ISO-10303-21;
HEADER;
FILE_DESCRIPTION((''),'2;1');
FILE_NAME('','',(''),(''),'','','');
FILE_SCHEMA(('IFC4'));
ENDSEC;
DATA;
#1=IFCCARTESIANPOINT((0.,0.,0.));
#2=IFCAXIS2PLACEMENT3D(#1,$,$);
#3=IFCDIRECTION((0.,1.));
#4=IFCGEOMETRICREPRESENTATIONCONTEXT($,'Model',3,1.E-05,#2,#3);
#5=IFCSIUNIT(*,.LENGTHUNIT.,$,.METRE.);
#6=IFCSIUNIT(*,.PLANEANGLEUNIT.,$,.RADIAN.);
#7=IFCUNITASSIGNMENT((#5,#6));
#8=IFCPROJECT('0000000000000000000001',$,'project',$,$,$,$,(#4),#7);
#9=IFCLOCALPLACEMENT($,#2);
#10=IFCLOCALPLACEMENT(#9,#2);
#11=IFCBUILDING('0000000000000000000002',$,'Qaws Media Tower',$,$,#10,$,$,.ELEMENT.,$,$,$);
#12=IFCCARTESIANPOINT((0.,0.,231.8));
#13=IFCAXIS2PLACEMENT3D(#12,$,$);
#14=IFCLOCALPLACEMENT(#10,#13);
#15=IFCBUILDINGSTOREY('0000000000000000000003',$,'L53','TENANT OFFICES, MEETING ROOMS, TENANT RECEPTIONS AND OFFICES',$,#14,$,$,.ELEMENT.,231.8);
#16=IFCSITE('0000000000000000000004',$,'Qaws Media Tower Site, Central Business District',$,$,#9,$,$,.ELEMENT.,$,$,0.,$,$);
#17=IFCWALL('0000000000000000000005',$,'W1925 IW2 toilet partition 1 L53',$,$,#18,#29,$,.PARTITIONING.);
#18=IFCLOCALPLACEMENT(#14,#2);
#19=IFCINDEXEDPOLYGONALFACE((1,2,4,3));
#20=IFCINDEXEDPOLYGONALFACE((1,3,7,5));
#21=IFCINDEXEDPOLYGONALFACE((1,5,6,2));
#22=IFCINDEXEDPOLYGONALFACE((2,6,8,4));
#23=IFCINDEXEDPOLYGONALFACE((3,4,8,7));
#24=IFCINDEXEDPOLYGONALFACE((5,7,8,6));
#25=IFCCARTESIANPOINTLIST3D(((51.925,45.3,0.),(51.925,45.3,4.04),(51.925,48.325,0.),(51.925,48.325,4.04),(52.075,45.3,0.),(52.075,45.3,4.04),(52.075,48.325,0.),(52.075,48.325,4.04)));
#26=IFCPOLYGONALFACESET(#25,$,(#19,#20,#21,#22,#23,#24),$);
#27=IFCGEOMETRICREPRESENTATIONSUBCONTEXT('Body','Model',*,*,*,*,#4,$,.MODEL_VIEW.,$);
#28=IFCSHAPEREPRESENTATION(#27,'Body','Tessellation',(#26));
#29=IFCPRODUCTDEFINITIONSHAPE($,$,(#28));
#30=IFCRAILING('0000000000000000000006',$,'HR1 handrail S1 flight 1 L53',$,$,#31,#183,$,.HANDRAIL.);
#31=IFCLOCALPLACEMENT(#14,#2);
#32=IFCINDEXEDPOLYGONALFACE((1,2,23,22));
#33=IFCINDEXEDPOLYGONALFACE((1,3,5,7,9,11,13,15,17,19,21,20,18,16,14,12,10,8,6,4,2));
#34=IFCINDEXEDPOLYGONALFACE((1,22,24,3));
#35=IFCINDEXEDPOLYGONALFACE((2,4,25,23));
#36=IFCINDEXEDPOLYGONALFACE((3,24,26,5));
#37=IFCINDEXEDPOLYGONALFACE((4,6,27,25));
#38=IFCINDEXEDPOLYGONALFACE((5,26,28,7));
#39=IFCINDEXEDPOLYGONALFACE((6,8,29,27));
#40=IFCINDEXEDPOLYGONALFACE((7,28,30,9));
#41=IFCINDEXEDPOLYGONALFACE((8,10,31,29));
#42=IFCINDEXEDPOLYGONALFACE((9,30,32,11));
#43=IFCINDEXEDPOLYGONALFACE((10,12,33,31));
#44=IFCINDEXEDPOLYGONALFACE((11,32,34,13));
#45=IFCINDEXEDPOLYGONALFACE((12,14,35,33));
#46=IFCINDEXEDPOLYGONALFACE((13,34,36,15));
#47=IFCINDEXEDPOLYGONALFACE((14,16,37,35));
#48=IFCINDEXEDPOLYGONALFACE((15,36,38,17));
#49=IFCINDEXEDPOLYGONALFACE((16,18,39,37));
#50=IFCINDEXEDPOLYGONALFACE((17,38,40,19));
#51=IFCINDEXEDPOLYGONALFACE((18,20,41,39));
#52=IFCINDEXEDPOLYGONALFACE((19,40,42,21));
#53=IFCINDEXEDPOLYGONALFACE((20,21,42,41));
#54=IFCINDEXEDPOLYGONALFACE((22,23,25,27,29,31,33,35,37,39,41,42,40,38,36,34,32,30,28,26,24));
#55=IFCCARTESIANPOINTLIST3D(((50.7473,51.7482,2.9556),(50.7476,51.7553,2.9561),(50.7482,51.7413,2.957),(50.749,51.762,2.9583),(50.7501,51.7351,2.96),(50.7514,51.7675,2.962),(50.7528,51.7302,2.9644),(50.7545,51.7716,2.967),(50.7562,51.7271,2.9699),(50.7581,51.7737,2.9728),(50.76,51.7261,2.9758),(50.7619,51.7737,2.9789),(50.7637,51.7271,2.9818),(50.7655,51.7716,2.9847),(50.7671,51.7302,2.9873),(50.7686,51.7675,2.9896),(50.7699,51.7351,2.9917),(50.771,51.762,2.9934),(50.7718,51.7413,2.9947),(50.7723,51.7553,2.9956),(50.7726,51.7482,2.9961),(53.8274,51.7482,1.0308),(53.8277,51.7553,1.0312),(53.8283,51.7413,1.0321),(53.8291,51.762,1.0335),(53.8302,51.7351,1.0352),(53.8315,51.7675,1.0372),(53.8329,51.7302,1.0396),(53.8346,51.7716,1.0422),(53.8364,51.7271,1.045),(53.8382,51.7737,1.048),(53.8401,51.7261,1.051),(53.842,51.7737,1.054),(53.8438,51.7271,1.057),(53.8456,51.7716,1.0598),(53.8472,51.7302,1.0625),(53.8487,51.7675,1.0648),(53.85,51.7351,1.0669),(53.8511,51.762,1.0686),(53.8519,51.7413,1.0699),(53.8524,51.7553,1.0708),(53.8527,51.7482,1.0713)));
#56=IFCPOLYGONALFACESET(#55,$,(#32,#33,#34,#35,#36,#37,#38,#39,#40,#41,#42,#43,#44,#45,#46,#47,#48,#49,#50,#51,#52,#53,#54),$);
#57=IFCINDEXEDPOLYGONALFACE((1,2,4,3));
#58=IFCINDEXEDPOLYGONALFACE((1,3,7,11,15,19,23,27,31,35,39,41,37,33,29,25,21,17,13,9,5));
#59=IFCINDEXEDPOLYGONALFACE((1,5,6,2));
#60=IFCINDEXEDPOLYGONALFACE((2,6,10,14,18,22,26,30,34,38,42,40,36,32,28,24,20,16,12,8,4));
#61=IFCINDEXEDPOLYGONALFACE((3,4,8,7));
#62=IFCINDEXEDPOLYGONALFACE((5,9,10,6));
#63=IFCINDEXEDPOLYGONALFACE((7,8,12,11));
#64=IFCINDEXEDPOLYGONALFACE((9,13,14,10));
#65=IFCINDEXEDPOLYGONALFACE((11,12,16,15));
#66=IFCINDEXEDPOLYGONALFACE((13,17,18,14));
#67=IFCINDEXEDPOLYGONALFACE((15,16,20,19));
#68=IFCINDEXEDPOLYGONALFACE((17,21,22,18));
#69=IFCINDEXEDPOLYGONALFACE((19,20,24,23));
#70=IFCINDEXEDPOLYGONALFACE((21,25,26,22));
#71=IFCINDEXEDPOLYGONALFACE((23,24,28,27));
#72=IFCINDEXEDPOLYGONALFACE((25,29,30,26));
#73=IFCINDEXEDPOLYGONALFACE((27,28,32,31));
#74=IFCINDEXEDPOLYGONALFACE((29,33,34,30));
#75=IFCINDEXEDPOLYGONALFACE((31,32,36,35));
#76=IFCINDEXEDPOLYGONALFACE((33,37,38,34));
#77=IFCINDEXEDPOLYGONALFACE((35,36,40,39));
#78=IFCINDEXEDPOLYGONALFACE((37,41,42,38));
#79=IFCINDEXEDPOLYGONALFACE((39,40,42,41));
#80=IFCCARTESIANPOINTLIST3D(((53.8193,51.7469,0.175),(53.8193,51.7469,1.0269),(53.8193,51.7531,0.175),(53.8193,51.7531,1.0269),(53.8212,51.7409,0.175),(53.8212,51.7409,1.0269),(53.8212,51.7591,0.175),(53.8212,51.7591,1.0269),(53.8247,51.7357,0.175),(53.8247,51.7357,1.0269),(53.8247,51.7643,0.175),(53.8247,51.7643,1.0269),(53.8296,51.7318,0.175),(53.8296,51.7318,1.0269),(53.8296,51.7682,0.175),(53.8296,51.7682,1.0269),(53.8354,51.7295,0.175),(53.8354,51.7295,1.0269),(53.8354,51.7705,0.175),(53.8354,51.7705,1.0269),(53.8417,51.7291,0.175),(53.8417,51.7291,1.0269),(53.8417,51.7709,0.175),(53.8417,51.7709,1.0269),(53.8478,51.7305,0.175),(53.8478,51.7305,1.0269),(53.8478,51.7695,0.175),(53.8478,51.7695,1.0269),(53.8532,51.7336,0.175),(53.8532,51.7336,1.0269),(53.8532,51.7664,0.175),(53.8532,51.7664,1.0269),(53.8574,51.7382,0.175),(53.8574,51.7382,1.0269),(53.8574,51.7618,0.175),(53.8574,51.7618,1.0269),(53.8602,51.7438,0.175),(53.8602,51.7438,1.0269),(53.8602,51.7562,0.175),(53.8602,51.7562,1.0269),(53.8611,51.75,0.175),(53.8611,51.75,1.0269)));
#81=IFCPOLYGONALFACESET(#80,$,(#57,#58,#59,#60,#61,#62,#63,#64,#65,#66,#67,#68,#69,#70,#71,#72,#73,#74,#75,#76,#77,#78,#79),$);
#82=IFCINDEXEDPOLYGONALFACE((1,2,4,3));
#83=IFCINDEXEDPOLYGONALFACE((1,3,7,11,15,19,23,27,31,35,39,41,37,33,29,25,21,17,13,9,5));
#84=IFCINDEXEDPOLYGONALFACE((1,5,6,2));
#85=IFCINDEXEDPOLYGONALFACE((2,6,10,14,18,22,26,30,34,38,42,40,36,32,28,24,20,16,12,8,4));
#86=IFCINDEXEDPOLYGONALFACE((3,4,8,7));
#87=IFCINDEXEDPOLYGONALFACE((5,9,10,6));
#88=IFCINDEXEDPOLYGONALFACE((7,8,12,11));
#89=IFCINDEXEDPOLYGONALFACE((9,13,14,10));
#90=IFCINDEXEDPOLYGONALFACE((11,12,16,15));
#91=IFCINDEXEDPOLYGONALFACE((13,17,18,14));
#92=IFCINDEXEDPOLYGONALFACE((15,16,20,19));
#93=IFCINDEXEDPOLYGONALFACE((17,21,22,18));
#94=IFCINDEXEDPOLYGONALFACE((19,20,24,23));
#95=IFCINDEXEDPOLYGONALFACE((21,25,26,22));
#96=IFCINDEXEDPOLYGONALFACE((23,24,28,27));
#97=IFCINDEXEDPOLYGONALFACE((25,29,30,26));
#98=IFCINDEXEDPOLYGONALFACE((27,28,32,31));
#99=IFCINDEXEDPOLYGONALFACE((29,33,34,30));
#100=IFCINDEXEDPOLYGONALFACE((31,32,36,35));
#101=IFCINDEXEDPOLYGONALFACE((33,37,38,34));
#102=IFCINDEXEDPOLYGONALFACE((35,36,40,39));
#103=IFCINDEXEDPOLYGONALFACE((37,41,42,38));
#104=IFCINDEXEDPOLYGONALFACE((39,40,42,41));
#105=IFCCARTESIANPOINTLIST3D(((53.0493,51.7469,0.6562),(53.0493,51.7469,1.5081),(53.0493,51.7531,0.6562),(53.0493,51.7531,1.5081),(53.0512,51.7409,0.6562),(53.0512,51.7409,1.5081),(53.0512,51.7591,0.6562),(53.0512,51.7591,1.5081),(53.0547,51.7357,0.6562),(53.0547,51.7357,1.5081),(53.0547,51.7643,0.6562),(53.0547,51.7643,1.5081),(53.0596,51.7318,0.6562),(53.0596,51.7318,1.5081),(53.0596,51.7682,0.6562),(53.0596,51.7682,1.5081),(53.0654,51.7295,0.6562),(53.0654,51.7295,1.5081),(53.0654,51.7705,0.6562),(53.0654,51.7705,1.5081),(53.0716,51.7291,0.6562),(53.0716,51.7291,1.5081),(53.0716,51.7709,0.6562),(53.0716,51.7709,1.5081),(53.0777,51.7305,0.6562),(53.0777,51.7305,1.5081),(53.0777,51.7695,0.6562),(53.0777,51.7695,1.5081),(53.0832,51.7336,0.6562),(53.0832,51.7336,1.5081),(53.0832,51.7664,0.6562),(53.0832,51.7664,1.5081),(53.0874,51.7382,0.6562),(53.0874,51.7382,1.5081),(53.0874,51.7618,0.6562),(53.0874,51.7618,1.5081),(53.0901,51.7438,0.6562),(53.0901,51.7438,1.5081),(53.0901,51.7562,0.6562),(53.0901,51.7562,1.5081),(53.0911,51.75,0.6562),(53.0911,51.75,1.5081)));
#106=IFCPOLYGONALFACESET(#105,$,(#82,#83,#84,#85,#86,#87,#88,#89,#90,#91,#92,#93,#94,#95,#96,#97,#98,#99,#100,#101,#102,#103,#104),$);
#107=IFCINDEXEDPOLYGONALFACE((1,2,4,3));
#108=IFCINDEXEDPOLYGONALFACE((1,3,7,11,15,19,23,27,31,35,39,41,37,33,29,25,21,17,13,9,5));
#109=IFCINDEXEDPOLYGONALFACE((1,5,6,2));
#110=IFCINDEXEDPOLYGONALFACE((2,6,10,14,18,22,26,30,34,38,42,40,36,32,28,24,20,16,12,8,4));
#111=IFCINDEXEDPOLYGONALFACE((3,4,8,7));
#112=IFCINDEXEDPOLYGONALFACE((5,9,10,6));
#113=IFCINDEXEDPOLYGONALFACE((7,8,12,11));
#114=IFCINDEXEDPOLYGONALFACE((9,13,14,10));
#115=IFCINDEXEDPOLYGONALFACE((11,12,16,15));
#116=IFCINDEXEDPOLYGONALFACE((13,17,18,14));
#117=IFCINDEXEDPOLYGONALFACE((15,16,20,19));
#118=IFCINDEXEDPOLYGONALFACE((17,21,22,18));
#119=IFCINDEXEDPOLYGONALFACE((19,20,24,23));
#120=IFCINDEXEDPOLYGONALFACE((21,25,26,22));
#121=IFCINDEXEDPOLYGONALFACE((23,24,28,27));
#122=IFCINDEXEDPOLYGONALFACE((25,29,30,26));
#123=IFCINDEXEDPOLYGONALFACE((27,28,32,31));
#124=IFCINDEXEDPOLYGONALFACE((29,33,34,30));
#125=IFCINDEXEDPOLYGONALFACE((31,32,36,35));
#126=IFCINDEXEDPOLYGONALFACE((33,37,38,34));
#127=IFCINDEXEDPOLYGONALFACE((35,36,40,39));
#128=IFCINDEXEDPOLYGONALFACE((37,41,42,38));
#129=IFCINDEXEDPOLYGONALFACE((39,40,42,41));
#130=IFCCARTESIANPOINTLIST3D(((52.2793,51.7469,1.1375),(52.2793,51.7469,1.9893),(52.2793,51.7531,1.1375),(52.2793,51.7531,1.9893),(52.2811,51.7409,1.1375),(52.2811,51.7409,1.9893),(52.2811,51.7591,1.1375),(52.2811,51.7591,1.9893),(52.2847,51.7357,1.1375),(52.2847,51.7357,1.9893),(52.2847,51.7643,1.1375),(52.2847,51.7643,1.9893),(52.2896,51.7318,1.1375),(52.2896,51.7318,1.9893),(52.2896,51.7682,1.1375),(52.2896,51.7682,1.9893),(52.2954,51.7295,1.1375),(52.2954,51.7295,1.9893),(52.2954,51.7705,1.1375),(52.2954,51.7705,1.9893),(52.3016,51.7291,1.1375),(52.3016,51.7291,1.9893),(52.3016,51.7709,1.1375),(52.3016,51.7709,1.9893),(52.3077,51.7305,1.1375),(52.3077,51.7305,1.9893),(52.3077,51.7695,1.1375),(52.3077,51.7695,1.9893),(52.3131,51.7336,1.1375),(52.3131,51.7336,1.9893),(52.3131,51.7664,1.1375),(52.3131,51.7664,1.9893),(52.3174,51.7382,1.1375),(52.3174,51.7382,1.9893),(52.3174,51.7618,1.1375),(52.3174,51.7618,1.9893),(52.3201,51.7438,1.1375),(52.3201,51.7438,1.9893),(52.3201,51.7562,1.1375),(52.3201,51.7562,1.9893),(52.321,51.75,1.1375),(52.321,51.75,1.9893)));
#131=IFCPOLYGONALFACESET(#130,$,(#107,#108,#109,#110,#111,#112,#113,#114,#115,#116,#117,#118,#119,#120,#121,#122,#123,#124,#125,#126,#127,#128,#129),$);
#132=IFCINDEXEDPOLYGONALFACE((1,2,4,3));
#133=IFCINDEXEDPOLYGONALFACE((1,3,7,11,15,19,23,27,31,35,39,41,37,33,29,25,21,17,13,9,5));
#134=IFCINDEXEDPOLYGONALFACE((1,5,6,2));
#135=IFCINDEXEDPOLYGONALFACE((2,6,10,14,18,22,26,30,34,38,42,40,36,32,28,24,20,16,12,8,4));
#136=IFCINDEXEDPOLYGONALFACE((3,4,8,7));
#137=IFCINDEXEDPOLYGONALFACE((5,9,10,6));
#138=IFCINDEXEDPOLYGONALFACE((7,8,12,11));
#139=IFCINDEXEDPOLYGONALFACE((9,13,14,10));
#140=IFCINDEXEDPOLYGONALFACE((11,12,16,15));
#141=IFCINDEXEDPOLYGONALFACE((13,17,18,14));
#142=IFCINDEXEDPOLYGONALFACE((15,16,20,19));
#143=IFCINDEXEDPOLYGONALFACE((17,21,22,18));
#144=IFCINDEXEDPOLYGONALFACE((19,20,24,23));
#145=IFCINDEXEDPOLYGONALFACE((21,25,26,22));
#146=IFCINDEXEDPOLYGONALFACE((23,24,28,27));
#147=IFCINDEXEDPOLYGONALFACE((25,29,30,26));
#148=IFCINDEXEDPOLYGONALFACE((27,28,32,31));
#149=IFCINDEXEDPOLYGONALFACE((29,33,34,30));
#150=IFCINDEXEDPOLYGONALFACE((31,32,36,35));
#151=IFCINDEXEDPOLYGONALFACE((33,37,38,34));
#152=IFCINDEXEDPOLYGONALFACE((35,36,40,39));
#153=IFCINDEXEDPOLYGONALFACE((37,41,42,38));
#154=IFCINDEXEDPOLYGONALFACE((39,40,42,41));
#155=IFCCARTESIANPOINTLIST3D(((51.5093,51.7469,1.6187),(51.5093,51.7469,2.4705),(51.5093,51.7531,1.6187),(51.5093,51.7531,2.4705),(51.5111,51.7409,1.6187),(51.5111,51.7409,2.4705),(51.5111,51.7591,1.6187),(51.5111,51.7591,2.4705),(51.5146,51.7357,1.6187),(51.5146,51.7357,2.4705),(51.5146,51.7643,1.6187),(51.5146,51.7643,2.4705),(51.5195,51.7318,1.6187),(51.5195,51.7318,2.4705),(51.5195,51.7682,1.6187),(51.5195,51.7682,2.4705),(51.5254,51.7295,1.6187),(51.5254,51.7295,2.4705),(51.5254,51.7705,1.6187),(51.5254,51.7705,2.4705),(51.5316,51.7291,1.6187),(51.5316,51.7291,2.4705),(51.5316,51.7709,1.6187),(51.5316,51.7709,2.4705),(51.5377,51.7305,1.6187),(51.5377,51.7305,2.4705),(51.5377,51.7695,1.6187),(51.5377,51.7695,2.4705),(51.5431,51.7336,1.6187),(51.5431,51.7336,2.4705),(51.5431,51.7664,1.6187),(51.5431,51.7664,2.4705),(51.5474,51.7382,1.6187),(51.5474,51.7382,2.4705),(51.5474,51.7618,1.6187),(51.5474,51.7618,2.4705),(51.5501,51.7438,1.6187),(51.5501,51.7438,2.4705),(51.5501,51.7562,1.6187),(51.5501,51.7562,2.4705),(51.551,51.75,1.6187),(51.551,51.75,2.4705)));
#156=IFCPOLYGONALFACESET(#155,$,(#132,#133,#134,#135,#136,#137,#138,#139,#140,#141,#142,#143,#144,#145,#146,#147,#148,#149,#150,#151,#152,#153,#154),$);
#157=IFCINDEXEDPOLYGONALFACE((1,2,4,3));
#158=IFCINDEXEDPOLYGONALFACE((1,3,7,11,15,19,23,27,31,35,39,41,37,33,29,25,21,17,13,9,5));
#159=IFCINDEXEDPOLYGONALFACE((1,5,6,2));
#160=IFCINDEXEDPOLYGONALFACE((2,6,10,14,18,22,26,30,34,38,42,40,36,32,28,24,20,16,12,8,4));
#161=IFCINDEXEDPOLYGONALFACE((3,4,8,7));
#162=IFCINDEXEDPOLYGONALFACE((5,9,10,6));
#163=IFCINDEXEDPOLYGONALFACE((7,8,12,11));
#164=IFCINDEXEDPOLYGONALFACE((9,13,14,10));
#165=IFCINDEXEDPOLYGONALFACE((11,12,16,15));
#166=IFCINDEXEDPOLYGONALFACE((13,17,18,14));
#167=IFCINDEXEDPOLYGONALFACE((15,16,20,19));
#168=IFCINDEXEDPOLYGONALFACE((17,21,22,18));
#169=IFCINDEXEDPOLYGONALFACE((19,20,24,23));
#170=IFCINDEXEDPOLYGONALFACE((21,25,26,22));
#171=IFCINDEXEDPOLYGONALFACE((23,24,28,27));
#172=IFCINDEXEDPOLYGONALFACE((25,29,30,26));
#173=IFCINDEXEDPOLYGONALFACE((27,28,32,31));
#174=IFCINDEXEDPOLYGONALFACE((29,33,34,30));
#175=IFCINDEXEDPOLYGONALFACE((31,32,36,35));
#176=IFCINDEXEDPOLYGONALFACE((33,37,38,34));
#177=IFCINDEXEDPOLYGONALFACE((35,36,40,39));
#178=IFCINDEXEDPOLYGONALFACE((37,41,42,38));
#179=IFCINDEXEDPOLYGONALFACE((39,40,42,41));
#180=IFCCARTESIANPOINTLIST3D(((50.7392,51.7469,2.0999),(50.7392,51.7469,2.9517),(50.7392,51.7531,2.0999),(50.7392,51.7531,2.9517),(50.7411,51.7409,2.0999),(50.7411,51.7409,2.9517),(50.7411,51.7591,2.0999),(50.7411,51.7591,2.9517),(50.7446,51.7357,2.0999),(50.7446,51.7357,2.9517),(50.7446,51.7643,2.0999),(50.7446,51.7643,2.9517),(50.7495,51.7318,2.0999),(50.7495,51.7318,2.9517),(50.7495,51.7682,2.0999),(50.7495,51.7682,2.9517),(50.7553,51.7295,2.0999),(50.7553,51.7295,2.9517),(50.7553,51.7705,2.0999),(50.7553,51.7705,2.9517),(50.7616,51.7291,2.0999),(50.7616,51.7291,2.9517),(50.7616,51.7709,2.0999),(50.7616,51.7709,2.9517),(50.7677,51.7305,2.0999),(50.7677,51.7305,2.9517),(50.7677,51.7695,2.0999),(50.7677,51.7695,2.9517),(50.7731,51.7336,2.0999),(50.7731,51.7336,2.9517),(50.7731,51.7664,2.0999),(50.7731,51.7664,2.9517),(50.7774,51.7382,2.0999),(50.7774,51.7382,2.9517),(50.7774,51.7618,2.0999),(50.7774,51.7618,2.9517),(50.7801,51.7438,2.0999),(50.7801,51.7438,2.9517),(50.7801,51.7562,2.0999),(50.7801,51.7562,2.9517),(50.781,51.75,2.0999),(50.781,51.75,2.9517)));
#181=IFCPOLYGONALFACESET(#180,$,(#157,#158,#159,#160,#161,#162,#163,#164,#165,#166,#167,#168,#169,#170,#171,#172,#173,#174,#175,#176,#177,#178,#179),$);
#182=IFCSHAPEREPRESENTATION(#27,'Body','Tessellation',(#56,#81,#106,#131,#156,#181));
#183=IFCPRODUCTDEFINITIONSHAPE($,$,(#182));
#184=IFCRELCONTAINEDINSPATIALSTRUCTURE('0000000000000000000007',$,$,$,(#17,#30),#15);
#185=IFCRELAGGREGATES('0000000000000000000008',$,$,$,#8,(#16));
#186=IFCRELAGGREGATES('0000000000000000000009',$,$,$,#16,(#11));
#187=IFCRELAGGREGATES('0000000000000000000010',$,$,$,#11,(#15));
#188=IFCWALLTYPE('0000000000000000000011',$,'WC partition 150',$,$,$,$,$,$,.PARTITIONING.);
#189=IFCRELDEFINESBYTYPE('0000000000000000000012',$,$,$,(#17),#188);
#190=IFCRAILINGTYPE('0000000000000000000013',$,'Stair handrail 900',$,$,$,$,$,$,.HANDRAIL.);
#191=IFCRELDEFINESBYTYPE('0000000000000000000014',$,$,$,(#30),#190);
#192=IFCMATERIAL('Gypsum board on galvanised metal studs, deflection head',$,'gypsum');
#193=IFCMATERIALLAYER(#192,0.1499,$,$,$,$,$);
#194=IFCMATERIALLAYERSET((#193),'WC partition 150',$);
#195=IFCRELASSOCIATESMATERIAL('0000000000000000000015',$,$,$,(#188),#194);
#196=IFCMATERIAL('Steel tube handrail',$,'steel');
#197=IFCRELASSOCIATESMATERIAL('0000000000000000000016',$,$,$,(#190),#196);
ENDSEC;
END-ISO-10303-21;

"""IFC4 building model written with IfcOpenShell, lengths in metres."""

from ifc_helpers import new_model, si_unit, direction, frame, frame_2d, origin, origin_2d, place, context, subcontext, project, spatial, rectangle, circle, extrude, material, layer, layer_set, type_object, element, save


model = new_model("IFC4")

# Units and contexts
model_context = context("Model", 3, precision=1e-05, world=origin(), true_north=direction((0.0, 1.0)))
body_context = subcontext(model_context, "Body", "Model", "MODEL_VIEW")
ifc_project = project(units=[si_unit("LENGTHUNIT", "METRE"), si_unit("PLANEANGLEUNIT", "RADIAN")], contexts=[model_context])

# Site, building, storey
site_placement = place(None, origin())
site = spatial("IfcSite", under=ifc_project, at=site_placement, Name="Qaws Media Tower Site, Central Business District", CompositionType="ELEMENT", RefElevation=0.0)
building_placement = place(site_placement, origin())
building = spatial("IfcBuilding", under=site, at=building_placement, Name="Qaws Media Tower", CompositionType="ELEMENT")
storey_placement = place(building_placement, frame((0.0, 0.0, 231.8)))
storey = spatial("IfcBuildingStorey", under=building, at=storey_placement, Name="L53", Description="TENANT OFFICES, MEETING ROOMS, TENANT RECEPTIONS AND OFFICES", CompositionType="ELEMENT", Elevation=231.8)

# Wall
ifc_material_1 = material(Name="Gypsum board on galvanised metal studs, deflection head", Category="gypsum")
ifc_layer_1 = layer(ifc_material_1, 0.1499)
ifc_layer_set_1 = layer_set([ifc_layer_1], Name="WC partition 150")
wall_type_1 = type_object("IfcWallType", Name="WC partition 150", PredefinedType="PARTITIONING", material=ifc_layer_set_1)
wall_1_placement = place(storey_placement, frame((52.0, 45.3, 0.0), z_axis=(0.0, 0.0, 1.0), x_axis=(0.0, 1.0, 0.0)))
element("IfcWall", 1, at=wall_1_placement, inside=storey, type_object=wall_type_1, Name="W1925 IW2 toilet partition 1 L53", PredefinedType="PARTITIONING", context=body_context, shape_type="SweptSolid", body=[
    extrude(rectangle(XDim=3.0249, YDim=0.1499, at=frame_2d((1.5125, 0.0))), origin(), (0.0, 0.0, 1.0), 4.04),
])

# Railing
ifc_material_2 = material(Name="Steel tube handrail", Category="steel")
railing_type = type_object("IfcRailingType", Name="Stair handrail 900", PredefinedType="HANDRAIL", material=ifc_material_2)
railing_placement = place(storey_placement, frame((53.8401, 51.75, 0.175)))
element("IfcRailing", 2, at=railing_placement, inside=storey, type_object=railing_type, Name="HR1 handrail S1 flight 1 L53", PredefinedType="HANDRAIL", context=body_context, shape_type="SweptSolid", body=[
    extrude(circle(Radius=0.0239, at=origin_2d()), frame((0.0, 0.0, 0.876), z_axis=(-0.848029, 0.0, 0.529951), x_axis=(0.0, -1.0, 0.0)), (0.0, 0.0, 1.0), 3.6321),
    extrude(circle(Radius=0.021, at=origin_2d()), origin(), (0.0, 0.0, 1.0), 0.8518),
    extrude(circle(Radius=0.021, at=origin_2d()), frame((-0.77, 0.0, 0.4812)), (0.0, 0.0, 1.0), 0.8518),
    extrude(circle(Radius=0.021, at=origin_2d()), frame((-1.54, 0.0, 0.9624)), (0.0, 0.0, 1.0), 0.8518),
    extrude(circle(Radius=0.021, at=origin_2d()), frame((-2.3101, 0.0, 1.4436)), (0.0, 0.0, 1.0), 0.8518),
    extrude(circle(Radius=0.021, at=origin_2d()), frame((-3.0801, 0.0, 1.9248)), (0.0, 0.0, 1.0), 0.8518),
])

save(model, "model.ifc")
